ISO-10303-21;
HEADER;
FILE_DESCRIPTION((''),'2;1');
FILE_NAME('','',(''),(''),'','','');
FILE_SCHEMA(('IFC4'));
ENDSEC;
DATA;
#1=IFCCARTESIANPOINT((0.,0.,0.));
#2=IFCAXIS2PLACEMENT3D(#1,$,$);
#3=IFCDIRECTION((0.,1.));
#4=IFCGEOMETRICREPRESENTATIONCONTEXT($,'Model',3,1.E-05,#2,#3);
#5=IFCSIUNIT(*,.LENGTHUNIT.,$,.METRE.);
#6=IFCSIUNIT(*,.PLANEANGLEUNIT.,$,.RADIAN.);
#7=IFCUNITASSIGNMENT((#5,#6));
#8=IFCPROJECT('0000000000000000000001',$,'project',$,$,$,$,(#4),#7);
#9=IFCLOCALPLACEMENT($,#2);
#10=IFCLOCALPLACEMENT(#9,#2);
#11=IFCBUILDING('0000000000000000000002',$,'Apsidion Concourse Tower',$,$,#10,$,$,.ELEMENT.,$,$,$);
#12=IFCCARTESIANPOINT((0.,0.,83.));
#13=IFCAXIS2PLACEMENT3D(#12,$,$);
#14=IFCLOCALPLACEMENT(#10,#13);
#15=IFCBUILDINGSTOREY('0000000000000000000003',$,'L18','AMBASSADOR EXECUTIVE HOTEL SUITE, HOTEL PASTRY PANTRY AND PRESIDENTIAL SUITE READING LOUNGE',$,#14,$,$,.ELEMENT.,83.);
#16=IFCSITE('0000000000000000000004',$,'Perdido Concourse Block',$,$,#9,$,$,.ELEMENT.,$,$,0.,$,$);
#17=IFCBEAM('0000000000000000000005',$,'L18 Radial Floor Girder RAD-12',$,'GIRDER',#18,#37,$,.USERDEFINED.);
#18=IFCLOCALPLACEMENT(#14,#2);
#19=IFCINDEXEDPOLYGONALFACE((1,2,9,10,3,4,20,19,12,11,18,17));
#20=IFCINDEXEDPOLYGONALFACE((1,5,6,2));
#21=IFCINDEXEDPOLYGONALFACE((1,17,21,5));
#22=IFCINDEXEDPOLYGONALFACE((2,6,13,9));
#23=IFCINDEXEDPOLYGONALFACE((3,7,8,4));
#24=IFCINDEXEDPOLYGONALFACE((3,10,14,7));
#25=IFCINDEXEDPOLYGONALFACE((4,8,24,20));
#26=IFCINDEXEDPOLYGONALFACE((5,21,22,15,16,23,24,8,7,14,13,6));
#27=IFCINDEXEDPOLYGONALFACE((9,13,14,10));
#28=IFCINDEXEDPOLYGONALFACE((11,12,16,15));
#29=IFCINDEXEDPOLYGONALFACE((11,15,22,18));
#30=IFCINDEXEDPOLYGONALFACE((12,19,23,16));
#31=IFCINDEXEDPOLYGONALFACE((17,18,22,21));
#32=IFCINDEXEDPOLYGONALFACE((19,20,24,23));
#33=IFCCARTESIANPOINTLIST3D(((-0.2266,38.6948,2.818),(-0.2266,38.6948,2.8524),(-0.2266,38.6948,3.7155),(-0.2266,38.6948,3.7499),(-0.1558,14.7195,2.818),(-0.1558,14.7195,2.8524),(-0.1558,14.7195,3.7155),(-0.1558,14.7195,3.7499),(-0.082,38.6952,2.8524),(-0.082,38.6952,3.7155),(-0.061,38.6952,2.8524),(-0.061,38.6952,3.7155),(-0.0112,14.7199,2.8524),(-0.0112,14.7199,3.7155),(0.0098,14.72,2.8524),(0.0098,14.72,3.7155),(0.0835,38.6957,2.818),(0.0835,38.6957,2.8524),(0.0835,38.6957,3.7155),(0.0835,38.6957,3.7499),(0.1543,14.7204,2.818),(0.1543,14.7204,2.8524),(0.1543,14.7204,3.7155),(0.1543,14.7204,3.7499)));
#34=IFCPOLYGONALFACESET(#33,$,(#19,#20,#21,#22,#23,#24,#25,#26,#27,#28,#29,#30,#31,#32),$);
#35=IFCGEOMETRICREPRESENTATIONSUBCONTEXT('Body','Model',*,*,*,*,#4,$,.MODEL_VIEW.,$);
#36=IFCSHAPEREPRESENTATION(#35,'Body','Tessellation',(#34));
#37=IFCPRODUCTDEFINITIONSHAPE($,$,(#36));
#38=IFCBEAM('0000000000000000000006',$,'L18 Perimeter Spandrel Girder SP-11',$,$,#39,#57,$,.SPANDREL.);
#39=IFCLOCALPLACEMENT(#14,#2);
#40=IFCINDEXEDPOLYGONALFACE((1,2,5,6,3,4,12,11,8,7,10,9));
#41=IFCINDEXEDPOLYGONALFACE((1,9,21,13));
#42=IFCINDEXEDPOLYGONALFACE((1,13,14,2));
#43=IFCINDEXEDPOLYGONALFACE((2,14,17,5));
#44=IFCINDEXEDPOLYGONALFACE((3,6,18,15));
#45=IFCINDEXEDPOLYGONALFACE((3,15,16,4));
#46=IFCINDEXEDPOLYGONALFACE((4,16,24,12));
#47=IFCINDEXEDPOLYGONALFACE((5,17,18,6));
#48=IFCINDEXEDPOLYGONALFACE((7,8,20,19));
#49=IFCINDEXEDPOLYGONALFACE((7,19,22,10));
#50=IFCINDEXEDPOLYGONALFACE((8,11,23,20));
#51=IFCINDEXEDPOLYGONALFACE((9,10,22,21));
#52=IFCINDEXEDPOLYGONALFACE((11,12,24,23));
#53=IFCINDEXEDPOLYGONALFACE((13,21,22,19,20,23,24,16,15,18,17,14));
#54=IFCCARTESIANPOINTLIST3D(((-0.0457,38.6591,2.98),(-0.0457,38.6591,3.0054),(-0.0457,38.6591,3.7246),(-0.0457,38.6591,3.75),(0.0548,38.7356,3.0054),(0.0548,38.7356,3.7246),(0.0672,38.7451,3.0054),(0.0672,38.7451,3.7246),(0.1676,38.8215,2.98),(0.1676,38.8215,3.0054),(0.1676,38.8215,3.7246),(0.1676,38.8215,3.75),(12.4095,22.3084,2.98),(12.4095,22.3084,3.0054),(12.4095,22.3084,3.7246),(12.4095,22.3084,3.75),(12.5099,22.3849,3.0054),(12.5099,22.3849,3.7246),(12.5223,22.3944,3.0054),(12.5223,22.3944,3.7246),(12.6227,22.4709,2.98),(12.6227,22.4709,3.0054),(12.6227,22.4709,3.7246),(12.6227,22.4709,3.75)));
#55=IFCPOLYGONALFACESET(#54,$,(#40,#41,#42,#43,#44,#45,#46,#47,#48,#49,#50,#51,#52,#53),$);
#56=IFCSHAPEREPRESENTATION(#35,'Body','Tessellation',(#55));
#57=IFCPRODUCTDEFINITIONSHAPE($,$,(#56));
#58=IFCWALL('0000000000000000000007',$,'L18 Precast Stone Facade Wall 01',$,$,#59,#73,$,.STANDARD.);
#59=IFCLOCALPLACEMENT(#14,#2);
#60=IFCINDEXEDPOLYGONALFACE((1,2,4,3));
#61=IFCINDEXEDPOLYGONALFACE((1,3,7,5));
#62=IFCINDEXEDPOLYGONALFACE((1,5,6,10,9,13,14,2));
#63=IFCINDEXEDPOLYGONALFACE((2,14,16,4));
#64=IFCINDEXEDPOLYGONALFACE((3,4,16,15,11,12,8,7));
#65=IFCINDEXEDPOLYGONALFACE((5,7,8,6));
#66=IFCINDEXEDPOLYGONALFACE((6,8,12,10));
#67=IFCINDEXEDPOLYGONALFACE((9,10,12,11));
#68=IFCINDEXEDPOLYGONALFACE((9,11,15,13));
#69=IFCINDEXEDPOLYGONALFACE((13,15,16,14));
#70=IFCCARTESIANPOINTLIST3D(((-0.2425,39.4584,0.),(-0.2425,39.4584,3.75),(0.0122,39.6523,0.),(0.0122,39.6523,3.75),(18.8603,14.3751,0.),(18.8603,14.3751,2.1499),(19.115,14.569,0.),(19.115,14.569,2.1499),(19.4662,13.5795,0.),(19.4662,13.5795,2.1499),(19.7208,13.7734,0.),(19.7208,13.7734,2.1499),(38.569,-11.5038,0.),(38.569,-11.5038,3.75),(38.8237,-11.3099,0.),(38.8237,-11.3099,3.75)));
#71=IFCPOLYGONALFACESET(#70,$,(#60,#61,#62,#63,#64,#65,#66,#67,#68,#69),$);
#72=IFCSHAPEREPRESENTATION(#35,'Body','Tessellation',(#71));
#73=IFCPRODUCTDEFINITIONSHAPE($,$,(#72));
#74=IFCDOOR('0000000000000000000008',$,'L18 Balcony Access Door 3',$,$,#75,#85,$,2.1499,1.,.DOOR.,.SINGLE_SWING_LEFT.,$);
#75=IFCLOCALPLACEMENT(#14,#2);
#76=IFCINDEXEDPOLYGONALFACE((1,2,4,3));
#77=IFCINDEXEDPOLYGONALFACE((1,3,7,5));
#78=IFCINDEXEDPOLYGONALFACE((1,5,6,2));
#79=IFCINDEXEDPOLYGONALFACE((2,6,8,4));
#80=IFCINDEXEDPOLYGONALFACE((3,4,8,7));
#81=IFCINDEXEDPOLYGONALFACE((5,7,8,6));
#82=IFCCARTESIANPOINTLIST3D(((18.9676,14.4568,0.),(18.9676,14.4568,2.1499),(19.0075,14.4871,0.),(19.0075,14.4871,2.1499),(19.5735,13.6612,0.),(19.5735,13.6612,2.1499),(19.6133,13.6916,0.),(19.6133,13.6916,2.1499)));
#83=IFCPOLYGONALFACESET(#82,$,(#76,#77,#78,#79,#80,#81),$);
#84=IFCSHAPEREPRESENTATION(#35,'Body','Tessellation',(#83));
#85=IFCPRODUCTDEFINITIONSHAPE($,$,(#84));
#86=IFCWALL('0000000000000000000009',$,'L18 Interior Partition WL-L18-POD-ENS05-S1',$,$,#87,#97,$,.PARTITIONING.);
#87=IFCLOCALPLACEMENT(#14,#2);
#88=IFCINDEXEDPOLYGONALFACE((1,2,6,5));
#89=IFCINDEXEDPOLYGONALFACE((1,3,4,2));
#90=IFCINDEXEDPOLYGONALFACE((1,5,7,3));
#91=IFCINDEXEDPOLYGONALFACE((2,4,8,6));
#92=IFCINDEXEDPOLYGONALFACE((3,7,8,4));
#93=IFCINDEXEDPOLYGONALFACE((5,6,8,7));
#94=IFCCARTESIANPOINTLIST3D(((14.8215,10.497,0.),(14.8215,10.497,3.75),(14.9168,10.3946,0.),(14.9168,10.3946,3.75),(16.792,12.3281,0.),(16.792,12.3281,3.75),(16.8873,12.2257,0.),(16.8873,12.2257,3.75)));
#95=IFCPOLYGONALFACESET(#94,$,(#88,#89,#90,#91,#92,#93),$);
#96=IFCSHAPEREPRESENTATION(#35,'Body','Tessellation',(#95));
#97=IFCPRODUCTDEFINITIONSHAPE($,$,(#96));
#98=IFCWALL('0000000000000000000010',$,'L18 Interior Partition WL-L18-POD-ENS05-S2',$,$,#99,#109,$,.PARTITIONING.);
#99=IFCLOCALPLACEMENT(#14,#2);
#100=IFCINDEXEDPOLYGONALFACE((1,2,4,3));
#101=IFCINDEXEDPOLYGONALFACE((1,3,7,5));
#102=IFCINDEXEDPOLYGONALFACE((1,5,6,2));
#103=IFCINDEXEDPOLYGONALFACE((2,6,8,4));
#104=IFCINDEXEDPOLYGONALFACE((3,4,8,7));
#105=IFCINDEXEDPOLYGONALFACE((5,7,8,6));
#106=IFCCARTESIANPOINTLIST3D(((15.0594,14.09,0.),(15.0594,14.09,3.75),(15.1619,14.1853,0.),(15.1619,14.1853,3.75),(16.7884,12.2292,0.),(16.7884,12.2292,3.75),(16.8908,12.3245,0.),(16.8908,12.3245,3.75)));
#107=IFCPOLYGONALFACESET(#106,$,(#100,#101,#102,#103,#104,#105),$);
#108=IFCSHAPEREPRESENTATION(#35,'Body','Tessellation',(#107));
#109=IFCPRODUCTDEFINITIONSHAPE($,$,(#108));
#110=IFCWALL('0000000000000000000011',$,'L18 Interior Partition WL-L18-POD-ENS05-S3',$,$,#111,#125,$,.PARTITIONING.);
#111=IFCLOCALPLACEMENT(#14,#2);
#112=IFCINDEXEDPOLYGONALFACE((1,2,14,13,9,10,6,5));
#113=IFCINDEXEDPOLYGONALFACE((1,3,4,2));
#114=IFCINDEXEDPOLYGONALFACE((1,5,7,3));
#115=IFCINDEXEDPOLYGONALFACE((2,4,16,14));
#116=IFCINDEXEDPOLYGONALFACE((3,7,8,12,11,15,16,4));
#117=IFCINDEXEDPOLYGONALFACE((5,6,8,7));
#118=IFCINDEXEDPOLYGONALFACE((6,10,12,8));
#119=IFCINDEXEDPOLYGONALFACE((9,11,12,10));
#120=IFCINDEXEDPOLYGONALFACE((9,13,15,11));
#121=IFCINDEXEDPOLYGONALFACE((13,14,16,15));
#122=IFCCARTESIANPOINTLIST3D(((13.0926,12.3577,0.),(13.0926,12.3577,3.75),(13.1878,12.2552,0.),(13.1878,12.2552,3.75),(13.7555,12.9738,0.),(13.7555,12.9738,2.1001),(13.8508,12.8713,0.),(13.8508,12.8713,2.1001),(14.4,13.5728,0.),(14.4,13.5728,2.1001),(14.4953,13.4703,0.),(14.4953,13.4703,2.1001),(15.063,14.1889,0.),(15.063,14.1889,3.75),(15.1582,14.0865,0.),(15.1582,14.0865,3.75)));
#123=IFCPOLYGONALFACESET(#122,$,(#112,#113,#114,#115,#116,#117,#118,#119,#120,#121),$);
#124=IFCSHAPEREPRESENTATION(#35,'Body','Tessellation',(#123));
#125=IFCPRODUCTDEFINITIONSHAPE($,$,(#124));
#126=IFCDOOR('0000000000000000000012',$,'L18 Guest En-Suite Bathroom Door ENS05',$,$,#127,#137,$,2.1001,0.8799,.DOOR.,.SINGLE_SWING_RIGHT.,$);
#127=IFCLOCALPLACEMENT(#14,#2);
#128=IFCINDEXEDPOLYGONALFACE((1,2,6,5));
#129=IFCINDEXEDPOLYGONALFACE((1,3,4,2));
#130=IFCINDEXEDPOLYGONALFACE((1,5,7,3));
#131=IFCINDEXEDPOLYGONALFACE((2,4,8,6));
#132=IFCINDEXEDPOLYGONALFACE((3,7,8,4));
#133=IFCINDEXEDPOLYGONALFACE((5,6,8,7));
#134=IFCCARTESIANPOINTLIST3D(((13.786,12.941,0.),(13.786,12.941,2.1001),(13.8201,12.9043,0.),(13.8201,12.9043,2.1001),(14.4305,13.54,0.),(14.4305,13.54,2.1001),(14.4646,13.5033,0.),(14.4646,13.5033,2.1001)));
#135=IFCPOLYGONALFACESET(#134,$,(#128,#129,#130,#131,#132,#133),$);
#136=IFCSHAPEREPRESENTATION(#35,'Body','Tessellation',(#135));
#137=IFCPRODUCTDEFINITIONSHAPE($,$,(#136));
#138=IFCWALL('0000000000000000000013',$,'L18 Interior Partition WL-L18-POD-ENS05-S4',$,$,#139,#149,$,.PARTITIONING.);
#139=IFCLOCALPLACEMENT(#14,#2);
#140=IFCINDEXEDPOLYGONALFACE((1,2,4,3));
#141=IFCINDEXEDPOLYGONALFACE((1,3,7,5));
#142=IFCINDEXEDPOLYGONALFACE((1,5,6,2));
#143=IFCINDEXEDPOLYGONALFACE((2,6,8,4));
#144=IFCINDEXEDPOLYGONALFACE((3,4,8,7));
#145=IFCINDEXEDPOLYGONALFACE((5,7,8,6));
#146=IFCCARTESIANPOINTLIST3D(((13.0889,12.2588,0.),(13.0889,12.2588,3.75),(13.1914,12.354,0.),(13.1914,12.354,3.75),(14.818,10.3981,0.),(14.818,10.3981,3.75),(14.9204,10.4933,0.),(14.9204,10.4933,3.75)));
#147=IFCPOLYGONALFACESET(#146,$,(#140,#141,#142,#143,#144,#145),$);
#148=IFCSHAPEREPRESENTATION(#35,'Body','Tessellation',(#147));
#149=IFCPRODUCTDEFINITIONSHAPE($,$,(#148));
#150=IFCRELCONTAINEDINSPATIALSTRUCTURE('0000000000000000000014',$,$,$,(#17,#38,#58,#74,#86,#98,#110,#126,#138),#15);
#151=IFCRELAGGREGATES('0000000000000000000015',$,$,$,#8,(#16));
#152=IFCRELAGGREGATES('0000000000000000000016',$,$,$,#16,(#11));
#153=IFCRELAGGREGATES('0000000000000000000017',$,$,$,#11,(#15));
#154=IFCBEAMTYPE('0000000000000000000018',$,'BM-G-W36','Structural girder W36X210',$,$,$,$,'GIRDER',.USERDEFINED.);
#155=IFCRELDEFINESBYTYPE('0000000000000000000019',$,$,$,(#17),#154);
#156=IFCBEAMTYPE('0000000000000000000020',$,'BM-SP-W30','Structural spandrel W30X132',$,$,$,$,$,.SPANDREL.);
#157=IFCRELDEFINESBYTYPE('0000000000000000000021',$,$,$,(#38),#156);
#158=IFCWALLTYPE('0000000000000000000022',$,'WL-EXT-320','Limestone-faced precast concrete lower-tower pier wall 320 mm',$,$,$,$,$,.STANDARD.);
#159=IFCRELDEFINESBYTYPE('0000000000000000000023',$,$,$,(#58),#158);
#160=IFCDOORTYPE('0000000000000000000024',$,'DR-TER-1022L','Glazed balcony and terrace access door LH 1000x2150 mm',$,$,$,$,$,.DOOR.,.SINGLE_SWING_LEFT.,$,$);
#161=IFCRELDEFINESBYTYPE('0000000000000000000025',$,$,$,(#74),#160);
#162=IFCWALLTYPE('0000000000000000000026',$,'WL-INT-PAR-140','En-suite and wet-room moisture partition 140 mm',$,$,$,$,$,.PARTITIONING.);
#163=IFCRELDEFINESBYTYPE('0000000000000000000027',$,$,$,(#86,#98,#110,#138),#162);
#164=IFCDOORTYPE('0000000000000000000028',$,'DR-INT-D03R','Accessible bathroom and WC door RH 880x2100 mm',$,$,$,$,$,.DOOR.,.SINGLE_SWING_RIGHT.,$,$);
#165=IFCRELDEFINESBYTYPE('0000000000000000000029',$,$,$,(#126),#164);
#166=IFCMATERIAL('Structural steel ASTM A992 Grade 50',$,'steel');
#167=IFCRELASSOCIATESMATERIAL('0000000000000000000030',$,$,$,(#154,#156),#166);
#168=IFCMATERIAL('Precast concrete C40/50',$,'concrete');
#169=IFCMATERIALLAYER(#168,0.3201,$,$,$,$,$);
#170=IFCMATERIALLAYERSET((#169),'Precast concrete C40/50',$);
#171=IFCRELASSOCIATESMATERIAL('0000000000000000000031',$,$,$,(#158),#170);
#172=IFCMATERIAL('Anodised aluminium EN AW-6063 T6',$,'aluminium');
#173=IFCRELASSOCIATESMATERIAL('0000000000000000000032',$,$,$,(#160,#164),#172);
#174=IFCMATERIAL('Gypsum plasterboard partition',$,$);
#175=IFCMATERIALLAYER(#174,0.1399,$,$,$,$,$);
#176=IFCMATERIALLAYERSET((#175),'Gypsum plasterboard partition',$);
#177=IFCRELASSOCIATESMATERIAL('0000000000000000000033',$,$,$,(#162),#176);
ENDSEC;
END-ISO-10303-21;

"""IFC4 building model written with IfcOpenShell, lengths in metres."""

from ifc_helpers import new_model, si_unit, direction, frame, frame_2d, origin, origin_2d, place, context, subcontext, project, spatial, rectangle, i_section, extrude, material, layer, layer_set, material_profile, profile_set, type_object, element, fill, save


model = new_model("IFC4")

# Units and contexts
model_context = context("Model", 3, precision=1e-05, world=origin(), true_north=direction((0.0, 1.0)))
body_context = subcontext(model_context, "Body", "Model", "MODEL_VIEW")
ifc_project = project(units=[si_unit("LENGTHUNIT", "METRE"), si_unit("PLANEANGLEUNIT", "RADIAN")], contexts=[model_context])

# Site, building, storey
site_placement = place(None, origin())
site = spatial("IfcSite", under=ifc_project, at=site_placement, Name="Perdido Concourse Block", CompositionType="ELEMENT", RefElevation=0.0)
building_placement = place(site_placement, origin())
building = spatial("IfcBuilding", under=site, at=building_placement, Name="Apsidion Concourse Tower", CompositionType="ELEMENT")
storey_placement = place(building_placement, frame((0.0, 0.0, 83.0)))
storey = spatial("IfcBuildingStorey", under=building, at=storey_placement, Name="L18", Description="AMBASSADOR EXECUTIVE HOTEL SUITE, HOTEL PASTRY PANTRY AND PRESIDENTIAL SUITE READING LOUNGE", CompositionType="ELEMENT", Elevation=83.0)

# Beams
ifc_material_1 = material(Name="Structural steel ASTM A992 Grade 50", Category="steel")
ifc_material_profile_1 = material_profile(ifc_material_1, i_section(OverallWidth=0.3101, OverallDepth=0.9319, WebThickness=0.021, FlangeThickness=0.0344, at=origin_2d()), Name="W36X210")
ifc_profile_set_1 = profile_set([ifc_material_profile_1], Name="Structural steel ASTM A992 Grade 50")
beam_type_1 = type_object("IfcBeamType", Name="BM-G-W36", Description="Structural girder W36X210", ElementType="GIRDER", PredefinedType="USERDEFINED", material=ifc_profile_set_1)
beam_1_placement = place(storey_placement, frame((-0.0007, 14.72, 3.2839), z_axis=(-0.002953, 0.999996, 0.0), x_axis=(-0.999996, -0.002953, 0.0)))
element("IfcBeam", 1, at=beam_1_placement, inside=storey, type_object=beam_type_1, Name="L18 Radial Floor Girder RAD-12", ObjectType="GIRDER", PredefinedType="USERDEFINED", context=body_context, shape_type="SweptSolid", body=[
    extrude(i_section(OverallWidth=0.3101, OverallDepth=0.9319, WebThickness=0.021, FlangeThickness=0.0344, at=origin_2d()), origin(), (0.0, 0.0, 1.0), 23.9753),
])
ifc_material_profile_2 = material_profile(ifc_material_1, i_section(OverallWidth=0.2681, OverallDepth=0.77, WebThickness=0.0156, FlangeThickness=0.0254, at=origin_2d()), Name="W30X132")
ifc_profile_set_2 = profile_set([ifc_material_profile_2], Name="Structural steel ASTM A992 Grade 50")
beam_type_2 = type_object("IfcBeamType", Name="BM-SP-W30", Description="Structural spandrel W30X132", PredefinedType="SPANDREL", material=ifc_profile_set_2)
beam_2_placement = place(storey_placement, frame((12.5161, 22.3896, 3.365), z_axis=(-0.605966, 0.795491, 0.0), x_axis=(-0.795491, -0.605966, 0.0)))
element("IfcBeam", 2, at=beam_2_placement, inside=storey, type_object=beam_type_2, Name="L18 Perimeter Spandrel Girder SP-11", PredefinedType="SPANDREL", context=body_context, shape_type="SweptSolid", body=[
    extrude(i_section(OverallWidth=0.2681, OverallDepth=0.77, WebThickness=0.0156, FlangeThickness=0.0254, at=origin_2d()), origin(), (0.0, 0.0, 1.0), 20.5542),
])

# Wall, opening, door
ifc_material_2 = material(Name="Precast concrete C40/50", Category="concrete")
ifc_layer_1 = layer(ifc_material_2, 0.3201)
ifc_layer_set_1 = layer_set([ifc_layer_1], Name="Precast concrete C40/50")
wall_type_1 = type_object("IfcWallType", Name="WL-EXT-320", Description="Limestone-faced precast concrete lower-tower pier wall 320 mm", PredefinedType="STANDARD", material=ifc_layer_set_1)
wall_1_placement = place(storey_placement, frame((-0.1152, 39.5554, 0.0), z_axis=(0.0, 0.0, 1.0), x_axis=(0.605877, -0.795558, 0.0)))
wall_1 = element("IfcWall", 3, at=wall_1_placement, inside=storey, type_object=wall_type_1, Name="L18 Precast Stone Facade Wall 01", PredefinedType="STANDARD", context=body_context, shape_type="SweptSolid", body=[
    extrude(rectangle(XDim=64.0583, YDim=0.3201, at=frame_2d((32.0293, 0.0))), origin(), (0.0, 0.0, 1.0), 3.75),
])
opening_1_placement = place(wall_1_placement, frame((31.5293, 0.0, 0.0)))
opening_1 = element("IfcOpeningElement", 4, at=opening_1_placement, cuts=wall_1, PredefinedType="OPENING", context=body_context, shape_type="SweptSolid", body=[
    extrude(rectangle(XDim=1.0, YDim=2.1499, at=frame_2d((0.5, 1.075))), frame((0.0, 0.1699, 0.0), z_axis=(0.0, -1.0, 0.0), x_axis=(1.0, 0.0, 0.0)), (0.0, 0.0, 1.0), 0.3401),
])
ifc_material_3 = material(Name="Anodised aluminium EN AW-6063 T6", Category="aluminium")
door_type_1 = type_object("IfcDoorType", Name="DR-TER-1022L", Description="Glazed balcony and terrace access door LH 1000x2150 mm", OperationType="SINGLE_SWING_LEFT", PredefinedType="DOOR", material=ifc_material_3)
door_1_placement = place(opening_1_placement, origin())
door_1 = element("IfcDoor", 5, at=door_1_placement, inside=storey, type_object=door_type_1, Name="L18 Balcony Access Door 3", OperationType="SINGLE_SWING_LEFT", OverallHeight=2.1499, OverallWidth=1.0, PredefinedType="DOOR", context=body_context, shape_type="SweptSolid", body=[
    extrude(rectangle(XDim=1.0, YDim=2.1499, at=frame_2d((0.5, 1.075))), frame((0.0, 0.0249, 0.0), z_axis=(0.0, -1.0, 0.0), x_axis=(1.0, 0.0, 0.0)), (0.0, 0.0, 1.0), 0.05),
])
fill(opening_1, door_1)

# Walls
ifc_material_4 = material(Name="Gypsum plasterboard partition")
ifc_layer_2 = layer(ifc_material_4, 0.1399)
ifc_layer_set_2 = layer_set([ifc_layer_2], Name="Gypsum plasterboard partition")
wall_type_2 = type_object("IfcWallType", Name="WL-INT-PAR-140", Description="En-suite and wet-room moisture partition 140 mm", PredefinedType="PARTITIONING", material=ifc_layer_set_2)
wall_2_placement = place(storey_placement, frame((14.8691, 10.4458, 0.0), z_axis=(0.0, 0.0, 1.0), x_axis=(0.732545, 0.680719, 0.0)))
element("IfcWall", 6, at=wall_2_placement, inside=storey, type_object=wall_type_2, Name="L18 Interior Partition WL-L18-POD-ENS05-S1", PredefinedType="PARTITIONING", context=body_context, shape_type="SweptSolid", body=[
    extrude(rectangle(XDim=2.6899, YDim=0.1399, at=frame_2d((1.345, 0.0))), origin(), (0.0, 0.0, 1.0), 3.75),
])
wall_3_placement = place(storey_placement, frame((16.8396, 12.2769, 0.0), z_axis=(0.0, 0.0, 1.0), x_axis=(-0.68068, 0.732581, 0.0)))
element("IfcWall", 7, at=wall_3_placement, inside=storey, type_object=wall_type_2, Name="L18 Interior Partition WL-L18-POD-ENS05-S2", PredefinedType="PARTITIONING", context=body_context, shape_type="SweptSolid", body=[
    extrude(rectangle(XDim=2.54, YDim=0.1399, at=frame_2d((1.27, 0.0))), origin(), (0.0, 0.0, 1.0), 3.75),
])

# Wall, opening, door
wall_4_placement = place(storey_placement, frame((15.1106, 14.1377, 0.0), z_axis=(0.0, 0.0, 1.0), x_axis=(-0.732499, -0.680768, 0.0)))
wall_4 = element("IfcWall", 8, at=wall_4_placement, inside=storey, type_object=wall_type_2, Name="L18 Interior Partition WL-L18-POD-ENS05-S3", PredefinedType="PARTITIONING", context=body_context, shape_type="SweptSolid", body=[
    extrude(rectangle(XDim=2.6899, YDim=0.1399, at=frame_2d((1.345, 0.0))), origin(), (0.0, 0.0, 1.0), 3.75),
])
opening_2_placement = place(wall_4_placement, frame((0.905, 0.0, 0.0)))
opening_2 = element("IfcOpeningElement", 9, at=opening_2_placement, cuts=wall_4, PredefinedType="OPENING", context=body_context, shape_type="SweptSolid", body=[
    extrude(rectangle(XDim=0.8799, YDim=2.1001, at=frame_2d((0.4399, 1.05))), frame((0.0, 0.0801, 0.0), z_axis=(0.0, -1.0, 0.0), x_axis=(1.0, 0.0, 0.0)), (0.0, 0.0, 1.0), 0.1599),
])
door_type_2 = type_object("IfcDoorType", Name="DR-INT-D03R", Description="Accessible bathroom and WC door RH 880x2100 mm", OperationType="SINGLE_SWING_RIGHT", PredefinedType="DOOR", material=ifc_material_3)
door_2_placement = place(opening_2_placement, origin())
door_2 = element("IfcDoor", 10, at=door_2_placement, inside=storey, type_object=door_type_2, Name="L18 Guest En-Suite Bathroom Door ENS05", OperationType="SINGLE_SWING_RIGHT", OverallHeight=2.1001, OverallWidth=0.8799, PredefinedType="DOOR", context=body_context, shape_type="SweptSolid", body=[
    extrude(rectangle(XDim=0.8799, YDim=2.1001, at=frame_2d((0.4399, 1.05))), frame((0.0, 0.0249, 0.0), z_axis=(0.0, -1.0, 0.0), x_axis=(1.0, 0.0, 0.0)), (0.0, 0.0, 1.0), 0.05),
])
fill(opening_2, door_2)

# Wall
wall_5_placement = place(storey_placement, frame((13.1401, 12.3064, 0.0), z_axis=(0.0, 0.0, 1.0), x_axis=(0.680728, -0.732537, 0.0)))
element("IfcWall", 11, at=wall_5_placement, inside=storey, type_object=wall_type_2, Name="L18 Interior Partition WL-L18-POD-ENS05-S4", PredefinedType="PARTITIONING", context=body_context, shape_type="SweptSolid", body=[
    extrude(rectangle(XDim=2.54, YDim=0.1399, at=frame_2d((1.27, 0.0))), origin(), (0.0, 0.0, 1.0), 3.75),
])

save(model, "model.ifc")
